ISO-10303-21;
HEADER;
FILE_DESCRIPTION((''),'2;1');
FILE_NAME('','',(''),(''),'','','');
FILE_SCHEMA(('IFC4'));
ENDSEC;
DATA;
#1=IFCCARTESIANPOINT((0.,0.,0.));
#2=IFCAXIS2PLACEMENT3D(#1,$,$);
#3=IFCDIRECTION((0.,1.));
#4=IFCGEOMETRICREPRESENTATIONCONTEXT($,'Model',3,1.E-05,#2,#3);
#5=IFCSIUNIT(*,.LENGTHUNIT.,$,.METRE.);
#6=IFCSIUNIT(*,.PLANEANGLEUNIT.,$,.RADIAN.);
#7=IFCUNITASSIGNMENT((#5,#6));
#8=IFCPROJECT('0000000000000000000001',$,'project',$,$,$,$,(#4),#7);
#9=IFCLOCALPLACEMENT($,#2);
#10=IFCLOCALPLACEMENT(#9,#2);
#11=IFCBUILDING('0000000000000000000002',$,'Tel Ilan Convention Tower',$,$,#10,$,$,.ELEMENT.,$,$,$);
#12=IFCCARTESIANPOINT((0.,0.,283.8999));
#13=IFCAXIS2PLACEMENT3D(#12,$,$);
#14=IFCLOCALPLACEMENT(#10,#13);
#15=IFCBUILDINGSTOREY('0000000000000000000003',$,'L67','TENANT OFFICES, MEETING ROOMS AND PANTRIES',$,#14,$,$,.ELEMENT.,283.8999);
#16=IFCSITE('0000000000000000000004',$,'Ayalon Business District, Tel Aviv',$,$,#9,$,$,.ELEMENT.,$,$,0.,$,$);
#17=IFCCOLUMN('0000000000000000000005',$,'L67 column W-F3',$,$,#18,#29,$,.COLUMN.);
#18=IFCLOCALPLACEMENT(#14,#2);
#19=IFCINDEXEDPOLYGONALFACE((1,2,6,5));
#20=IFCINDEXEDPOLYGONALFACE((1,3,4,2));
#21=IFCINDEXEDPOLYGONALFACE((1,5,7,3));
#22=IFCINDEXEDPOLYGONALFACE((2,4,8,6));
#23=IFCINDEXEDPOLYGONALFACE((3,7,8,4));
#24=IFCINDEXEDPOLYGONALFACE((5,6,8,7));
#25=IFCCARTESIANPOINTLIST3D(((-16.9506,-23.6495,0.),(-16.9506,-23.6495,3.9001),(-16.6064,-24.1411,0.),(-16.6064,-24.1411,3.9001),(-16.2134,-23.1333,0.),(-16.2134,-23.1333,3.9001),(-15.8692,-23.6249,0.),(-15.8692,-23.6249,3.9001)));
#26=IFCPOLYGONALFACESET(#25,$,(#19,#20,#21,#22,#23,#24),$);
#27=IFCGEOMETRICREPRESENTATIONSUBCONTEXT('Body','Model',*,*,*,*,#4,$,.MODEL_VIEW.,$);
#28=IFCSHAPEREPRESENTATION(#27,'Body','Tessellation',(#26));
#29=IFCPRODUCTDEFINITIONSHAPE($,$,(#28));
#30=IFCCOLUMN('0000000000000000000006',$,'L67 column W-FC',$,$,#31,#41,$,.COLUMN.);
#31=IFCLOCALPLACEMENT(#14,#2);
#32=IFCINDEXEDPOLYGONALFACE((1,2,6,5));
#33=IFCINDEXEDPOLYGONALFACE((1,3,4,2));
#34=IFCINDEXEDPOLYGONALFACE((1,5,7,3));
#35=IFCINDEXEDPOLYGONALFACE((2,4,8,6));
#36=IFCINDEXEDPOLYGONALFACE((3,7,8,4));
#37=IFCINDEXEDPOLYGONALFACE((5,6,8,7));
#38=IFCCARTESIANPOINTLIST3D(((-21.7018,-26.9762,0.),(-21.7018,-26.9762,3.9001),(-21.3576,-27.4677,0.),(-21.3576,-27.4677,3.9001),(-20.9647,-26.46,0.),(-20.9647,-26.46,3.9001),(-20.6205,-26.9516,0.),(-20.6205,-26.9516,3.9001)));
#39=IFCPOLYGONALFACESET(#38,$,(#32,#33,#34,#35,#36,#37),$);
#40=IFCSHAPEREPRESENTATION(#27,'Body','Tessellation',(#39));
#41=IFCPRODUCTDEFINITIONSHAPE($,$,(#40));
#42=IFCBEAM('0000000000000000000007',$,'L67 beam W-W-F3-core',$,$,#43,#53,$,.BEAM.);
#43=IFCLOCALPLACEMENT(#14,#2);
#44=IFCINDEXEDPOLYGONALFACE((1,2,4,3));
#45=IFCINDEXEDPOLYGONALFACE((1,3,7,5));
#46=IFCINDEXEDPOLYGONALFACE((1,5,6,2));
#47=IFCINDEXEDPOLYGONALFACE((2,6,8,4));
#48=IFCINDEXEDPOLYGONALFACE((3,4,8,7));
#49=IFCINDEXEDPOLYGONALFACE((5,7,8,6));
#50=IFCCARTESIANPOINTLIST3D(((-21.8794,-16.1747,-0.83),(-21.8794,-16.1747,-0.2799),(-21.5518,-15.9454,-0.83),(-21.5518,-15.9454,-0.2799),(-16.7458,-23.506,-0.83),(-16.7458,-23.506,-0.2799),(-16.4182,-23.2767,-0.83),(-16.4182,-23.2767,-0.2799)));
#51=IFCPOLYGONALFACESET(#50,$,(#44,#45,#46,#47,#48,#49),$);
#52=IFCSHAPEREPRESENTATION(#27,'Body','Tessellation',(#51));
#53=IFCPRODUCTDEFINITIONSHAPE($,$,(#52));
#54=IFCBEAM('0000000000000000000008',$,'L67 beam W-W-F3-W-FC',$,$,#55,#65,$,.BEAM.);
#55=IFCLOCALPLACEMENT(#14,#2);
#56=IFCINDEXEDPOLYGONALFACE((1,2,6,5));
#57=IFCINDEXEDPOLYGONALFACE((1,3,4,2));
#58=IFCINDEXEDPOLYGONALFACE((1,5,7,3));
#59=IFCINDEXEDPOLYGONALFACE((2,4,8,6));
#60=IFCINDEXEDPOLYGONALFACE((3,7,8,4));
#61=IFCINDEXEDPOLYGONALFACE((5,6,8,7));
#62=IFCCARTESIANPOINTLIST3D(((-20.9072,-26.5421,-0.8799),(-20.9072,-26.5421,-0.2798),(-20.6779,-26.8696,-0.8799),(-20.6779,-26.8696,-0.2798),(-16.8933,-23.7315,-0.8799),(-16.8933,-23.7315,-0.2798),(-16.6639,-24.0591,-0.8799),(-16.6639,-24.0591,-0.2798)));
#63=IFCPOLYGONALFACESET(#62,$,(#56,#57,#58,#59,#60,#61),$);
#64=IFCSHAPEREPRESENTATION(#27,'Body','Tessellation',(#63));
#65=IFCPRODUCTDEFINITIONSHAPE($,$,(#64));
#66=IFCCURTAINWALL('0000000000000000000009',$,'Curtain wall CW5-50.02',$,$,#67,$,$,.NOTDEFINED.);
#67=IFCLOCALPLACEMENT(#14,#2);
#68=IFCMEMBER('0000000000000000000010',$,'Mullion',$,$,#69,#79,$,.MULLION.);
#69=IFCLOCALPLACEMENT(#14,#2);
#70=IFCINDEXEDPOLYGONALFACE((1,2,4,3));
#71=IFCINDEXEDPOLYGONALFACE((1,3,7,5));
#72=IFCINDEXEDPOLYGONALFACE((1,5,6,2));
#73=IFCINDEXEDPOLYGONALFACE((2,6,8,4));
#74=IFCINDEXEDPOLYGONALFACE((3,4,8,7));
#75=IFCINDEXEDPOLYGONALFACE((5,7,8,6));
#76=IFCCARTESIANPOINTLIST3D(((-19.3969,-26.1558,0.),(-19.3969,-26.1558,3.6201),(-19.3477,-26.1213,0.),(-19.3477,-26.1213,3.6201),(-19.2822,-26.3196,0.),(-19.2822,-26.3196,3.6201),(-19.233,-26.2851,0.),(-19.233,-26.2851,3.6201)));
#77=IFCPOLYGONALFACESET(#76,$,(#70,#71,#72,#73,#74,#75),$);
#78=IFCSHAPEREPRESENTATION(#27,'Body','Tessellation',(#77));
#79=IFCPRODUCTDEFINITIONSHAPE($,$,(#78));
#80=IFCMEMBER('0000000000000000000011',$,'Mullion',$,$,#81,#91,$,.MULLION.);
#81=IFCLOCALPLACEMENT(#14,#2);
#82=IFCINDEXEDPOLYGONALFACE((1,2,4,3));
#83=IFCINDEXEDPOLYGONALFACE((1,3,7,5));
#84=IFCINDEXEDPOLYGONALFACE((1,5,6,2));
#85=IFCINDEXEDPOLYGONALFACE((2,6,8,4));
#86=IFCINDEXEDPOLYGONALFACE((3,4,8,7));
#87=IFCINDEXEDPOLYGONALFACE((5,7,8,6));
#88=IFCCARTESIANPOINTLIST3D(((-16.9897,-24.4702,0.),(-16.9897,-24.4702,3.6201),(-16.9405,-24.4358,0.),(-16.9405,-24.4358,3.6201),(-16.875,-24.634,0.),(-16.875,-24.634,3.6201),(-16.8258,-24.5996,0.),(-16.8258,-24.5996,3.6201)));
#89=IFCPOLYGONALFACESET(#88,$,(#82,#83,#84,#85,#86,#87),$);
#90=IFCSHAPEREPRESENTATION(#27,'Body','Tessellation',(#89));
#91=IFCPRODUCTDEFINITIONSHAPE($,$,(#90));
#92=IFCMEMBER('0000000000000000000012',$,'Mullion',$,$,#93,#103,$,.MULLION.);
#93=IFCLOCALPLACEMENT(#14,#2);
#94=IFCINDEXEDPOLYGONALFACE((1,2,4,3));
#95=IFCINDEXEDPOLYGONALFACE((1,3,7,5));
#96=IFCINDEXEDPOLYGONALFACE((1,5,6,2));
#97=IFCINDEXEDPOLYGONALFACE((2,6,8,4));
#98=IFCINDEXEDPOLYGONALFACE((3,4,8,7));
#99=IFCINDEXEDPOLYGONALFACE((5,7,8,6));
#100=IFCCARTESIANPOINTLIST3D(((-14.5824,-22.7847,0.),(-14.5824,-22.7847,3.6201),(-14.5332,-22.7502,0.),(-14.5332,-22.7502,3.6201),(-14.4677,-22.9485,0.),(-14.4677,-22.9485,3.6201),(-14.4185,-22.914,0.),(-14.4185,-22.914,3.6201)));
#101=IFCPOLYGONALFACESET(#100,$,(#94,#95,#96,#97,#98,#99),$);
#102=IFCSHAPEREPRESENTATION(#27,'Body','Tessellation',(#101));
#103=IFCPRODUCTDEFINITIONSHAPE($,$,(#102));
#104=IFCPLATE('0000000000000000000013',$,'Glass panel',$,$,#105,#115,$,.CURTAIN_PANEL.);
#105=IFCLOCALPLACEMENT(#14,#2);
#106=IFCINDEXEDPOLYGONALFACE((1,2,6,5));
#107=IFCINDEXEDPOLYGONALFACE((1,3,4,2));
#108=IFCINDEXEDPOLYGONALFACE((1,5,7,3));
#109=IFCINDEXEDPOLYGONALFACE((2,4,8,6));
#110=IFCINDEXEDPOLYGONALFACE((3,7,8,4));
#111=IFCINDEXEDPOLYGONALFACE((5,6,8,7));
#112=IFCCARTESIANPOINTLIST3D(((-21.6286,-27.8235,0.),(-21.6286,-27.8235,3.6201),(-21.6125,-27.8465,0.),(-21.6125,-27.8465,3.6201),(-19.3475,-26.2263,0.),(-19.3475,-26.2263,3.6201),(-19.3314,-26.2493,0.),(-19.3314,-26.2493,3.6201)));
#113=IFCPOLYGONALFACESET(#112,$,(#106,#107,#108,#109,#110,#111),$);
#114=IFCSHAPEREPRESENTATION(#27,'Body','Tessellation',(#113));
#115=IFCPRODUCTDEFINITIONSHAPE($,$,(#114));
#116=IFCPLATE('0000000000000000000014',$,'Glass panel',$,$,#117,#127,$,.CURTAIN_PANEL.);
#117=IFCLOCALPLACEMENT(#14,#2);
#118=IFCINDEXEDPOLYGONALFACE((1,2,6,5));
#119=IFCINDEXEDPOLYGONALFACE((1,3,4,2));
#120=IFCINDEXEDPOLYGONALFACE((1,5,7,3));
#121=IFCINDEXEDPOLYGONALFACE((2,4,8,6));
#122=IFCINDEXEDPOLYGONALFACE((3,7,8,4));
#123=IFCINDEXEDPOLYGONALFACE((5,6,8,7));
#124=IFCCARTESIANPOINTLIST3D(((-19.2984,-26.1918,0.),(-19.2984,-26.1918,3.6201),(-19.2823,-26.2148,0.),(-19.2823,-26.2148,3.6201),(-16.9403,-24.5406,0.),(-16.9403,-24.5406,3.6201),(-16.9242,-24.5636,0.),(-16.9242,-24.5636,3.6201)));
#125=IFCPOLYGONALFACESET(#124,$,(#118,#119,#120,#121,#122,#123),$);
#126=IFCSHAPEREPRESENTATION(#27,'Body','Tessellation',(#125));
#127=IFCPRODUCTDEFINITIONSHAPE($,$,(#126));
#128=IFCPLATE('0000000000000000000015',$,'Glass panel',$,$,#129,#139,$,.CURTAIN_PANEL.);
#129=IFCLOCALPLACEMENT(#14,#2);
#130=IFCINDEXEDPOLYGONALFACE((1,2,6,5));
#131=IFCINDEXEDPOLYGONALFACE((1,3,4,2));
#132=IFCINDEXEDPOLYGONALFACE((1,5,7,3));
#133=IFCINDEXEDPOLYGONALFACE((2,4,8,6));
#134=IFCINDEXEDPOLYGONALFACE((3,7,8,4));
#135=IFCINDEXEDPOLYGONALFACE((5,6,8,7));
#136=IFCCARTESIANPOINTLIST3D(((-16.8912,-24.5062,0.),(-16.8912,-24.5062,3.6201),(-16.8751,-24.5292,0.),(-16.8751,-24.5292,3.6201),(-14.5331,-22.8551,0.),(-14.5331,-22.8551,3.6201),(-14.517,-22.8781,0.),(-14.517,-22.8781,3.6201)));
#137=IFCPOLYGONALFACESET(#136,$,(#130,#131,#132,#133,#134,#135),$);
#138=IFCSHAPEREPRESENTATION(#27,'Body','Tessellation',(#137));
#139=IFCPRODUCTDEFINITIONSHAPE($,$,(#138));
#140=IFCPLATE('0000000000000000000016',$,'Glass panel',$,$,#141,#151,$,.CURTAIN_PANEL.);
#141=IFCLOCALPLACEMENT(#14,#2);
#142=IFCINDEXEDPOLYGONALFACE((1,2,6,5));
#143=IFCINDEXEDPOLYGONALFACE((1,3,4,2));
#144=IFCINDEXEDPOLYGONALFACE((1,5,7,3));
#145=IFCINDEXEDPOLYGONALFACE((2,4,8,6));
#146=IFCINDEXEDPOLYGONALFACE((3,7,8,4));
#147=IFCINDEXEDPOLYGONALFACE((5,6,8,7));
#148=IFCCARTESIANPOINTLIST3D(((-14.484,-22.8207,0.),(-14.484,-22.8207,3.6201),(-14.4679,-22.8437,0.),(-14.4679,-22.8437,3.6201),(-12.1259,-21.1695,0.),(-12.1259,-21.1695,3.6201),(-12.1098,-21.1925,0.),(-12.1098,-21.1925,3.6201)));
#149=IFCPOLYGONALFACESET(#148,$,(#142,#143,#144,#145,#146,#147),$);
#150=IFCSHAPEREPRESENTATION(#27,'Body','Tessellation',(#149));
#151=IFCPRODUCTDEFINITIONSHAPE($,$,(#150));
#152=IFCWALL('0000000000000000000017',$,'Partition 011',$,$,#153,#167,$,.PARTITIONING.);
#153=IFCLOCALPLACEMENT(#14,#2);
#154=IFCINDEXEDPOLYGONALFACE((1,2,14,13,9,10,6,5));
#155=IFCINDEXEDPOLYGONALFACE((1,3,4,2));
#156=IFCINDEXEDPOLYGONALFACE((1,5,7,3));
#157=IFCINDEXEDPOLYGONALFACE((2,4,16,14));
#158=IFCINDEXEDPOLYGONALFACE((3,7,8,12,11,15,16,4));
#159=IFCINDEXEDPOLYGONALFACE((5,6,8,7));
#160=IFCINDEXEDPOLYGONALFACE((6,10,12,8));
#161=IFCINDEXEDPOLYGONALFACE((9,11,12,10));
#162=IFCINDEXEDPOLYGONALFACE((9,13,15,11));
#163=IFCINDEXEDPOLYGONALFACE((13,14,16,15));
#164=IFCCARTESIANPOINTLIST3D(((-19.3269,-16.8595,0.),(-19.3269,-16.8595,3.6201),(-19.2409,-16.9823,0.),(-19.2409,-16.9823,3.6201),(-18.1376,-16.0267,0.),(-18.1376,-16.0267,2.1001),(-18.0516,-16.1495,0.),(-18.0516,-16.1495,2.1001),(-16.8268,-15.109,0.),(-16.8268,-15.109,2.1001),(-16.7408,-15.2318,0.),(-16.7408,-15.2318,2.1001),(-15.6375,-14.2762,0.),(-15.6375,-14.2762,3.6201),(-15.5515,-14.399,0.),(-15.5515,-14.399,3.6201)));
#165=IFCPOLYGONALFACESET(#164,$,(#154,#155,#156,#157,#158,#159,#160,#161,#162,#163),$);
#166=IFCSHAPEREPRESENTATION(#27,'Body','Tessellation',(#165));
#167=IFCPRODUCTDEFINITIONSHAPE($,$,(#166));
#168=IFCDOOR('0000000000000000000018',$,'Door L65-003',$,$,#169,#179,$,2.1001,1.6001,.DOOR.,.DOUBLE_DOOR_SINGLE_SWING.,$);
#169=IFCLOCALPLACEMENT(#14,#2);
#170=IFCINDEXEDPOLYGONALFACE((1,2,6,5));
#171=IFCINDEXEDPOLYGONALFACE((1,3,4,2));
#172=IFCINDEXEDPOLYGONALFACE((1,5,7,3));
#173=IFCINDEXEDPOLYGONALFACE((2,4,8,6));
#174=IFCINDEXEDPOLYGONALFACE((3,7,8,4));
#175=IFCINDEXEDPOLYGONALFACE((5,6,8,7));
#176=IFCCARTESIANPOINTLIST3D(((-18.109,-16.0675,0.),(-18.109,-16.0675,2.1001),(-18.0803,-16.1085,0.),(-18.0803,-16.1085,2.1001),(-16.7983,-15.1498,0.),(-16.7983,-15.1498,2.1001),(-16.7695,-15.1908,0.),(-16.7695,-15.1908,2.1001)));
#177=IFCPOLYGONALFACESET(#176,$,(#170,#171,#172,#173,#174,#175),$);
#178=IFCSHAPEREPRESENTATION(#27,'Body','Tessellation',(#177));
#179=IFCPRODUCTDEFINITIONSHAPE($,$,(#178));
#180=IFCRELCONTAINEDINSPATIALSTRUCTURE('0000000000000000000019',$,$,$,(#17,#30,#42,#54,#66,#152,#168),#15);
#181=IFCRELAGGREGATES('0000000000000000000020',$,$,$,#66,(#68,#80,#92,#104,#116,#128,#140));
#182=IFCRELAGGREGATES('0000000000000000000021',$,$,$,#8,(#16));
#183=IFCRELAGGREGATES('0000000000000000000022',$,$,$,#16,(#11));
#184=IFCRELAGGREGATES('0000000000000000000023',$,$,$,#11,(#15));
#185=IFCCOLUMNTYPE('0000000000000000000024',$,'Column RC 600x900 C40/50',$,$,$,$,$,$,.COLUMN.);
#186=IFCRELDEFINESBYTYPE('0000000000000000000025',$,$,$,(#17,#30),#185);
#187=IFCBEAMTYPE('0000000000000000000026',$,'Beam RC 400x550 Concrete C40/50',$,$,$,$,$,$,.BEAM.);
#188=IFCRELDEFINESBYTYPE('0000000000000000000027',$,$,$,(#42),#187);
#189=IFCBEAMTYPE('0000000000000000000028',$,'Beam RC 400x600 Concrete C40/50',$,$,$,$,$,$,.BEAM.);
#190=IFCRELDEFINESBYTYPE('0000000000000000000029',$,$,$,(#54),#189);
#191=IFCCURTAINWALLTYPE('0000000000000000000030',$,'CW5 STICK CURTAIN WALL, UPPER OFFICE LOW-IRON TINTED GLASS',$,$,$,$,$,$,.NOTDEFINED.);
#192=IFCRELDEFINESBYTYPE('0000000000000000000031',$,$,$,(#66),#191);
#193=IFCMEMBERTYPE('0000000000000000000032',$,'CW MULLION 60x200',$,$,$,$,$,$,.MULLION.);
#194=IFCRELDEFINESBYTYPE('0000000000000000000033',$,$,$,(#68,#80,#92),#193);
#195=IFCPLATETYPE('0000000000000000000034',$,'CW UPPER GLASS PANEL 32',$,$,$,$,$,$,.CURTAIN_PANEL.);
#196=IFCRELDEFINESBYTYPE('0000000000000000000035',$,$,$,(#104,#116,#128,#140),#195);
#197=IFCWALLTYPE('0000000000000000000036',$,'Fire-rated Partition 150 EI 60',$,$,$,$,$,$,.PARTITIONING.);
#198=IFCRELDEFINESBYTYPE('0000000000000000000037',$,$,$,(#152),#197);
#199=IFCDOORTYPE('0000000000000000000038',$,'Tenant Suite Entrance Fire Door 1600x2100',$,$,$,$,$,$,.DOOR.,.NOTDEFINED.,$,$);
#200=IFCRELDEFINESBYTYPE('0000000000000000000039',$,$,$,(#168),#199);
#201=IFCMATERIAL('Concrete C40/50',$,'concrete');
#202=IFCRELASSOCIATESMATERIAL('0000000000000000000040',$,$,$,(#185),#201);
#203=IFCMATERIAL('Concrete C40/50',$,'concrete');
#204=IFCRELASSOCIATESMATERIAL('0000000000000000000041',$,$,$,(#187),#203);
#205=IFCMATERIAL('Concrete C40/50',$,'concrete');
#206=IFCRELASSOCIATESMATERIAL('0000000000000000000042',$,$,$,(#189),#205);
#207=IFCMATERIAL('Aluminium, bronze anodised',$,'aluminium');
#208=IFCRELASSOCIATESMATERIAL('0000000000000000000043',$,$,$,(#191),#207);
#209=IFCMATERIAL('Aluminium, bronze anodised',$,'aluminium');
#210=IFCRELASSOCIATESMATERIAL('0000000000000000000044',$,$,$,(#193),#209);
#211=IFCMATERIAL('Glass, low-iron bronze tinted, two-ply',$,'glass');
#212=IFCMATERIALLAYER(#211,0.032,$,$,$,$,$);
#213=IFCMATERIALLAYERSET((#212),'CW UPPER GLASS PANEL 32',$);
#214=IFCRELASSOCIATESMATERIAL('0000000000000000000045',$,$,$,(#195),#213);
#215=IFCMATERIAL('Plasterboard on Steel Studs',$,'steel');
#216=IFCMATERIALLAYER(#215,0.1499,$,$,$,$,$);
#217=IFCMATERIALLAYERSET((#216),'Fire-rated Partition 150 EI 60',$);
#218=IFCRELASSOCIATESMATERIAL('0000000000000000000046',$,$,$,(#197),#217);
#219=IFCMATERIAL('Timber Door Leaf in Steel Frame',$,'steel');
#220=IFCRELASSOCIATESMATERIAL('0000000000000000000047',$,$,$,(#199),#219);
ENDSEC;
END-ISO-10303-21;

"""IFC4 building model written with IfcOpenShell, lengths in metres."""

from ifc_helpers import new_model, si_unit, direction, frame, frame_2d, origin, origin_2d, place, context, subcontext, project, spatial, rectangle, extrude, material, layer, layer_set, material_profile, profile_set, type_object, element, fill, aggregate, save


model = new_model("IFC4")

# Units and contexts
model_context = context("Model", 3, precision=1e-05, world=origin(), true_north=direction((0.0, 1.0)))
body_context = subcontext(model_context, "Body", "Model", "MODEL_VIEW")
ifc_project = project(units=[si_unit("LENGTHUNIT", "METRE"), si_unit("PLANEANGLEUNIT", "RADIAN")], contexts=[model_context])

# Site, building, storey
site_placement = place(None, origin())
site = spatial("IfcSite", under=ifc_project, at=site_placement, Name="Ayalon Business District, Tel Aviv", CompositionType="ELEMENT", RefElevation=0.0)
building_placement = place(site_placement, origin())
building = spatial("IfcBuilding", under=site, at=building_placement, Name="Tel Ilan Convention Tower", CompositionType="ELEMENT")
storey_placement = place(building_placement, frame((0.0, 0.0, 283.8999)))
storey = spatial("IfcBuildingStorey", under=building, at=storey_placement, Name="L67", Description="TENANT OFFICES, MEETING ROOMS AND PANTRIES", CompositionType="ELEMENT", Elevation=283.8999)

# Columns
ifc_material_1 = material(Name="Concrete C40/50", Category="concrete")
ifc_material_profile_1 = material_profile(ifc_material_1, rectangle(XDim=0.8999, YDim=0.6001, at=origin_2d()), Name="RC 600x900")
ifc_profile_set_1 = profile_set([ifc_material_profile_1], Name="Concrete C40/50")
column_type = type_object("IfcColumnType", Name="Column RC 600x900 C40/50", PredefinedType="COLUMN", material=ifc_profile_set_1)
for number, where, z_axis, x_axis, name in (
    (1, (-16.4099, -23.6372, 0.0), (0.0, 0.0, 1.0), (-0.819152, -0.573576, 0.0), "L67 column W-F3"),
    (2, (-21.1611, -26.9639, 0.0), (0.0, 0.0, 1.0), (-0.819152, -0.573576, 0.0), "L67 column W-FC"),
):
    element("IfcColumn", number, at=place(storey_placement, frame(where, z_axis=z_axis, x_axis=x_axis)), inside=storey, type_object=column_type, Name=name, PredefinedType="COLUMN", context=body_context, shape_type="SweptSolid", body=[
        extrude(rectangle(XDim=0.8999, YDim=0.6001, at=origin_2d()), origin(), (0.0, 0.0, 1.0), 3.9001),
    ])

# Beams
ifc_material_2 = material(Name="Concrete C40/50", Category="concrete")
ifc_material_profile_2 = material_profile(ifc_material_2, rectangle(XDim=0.3999, YDim=0.55, at=origin_2d()), Name="RC 400x550")
ifc_profile_set_2 = profile_set([ifc_material_profile_2], Name="Concrete C40/50")
beam_type_1 = type_object("IfcBeamType", Name="Beam RC 400x550 Concrete C40/50", PredefinedType="BEAM", material=ifc_profile_set_2)
beam_1_placement = place(storey_placement, frame((-16.582, -23.3914, -0.5549), z_axis=(-0.573585, 0.819146, 0.0), x_axis=(-0.819146, -0.573585, 0.0)))
element("IfcBeam", 3, at=beam_1_placement, inside=storey, type_object=beam_type_1, Name="L67 beam W-W-F3-core", PredefinedType="BEAM", context=body_context, shape_type="SweptSolid", body=[
    extrude(rectangle(XDim=0.3999, YDim=0.55, at=origin_2d()), origin(), (0.0, 0.0, 1.0), 8.95),
])
ifc_material_3 = material(Name="Concrete C40/50", Category="concrete")
ifc_material_profile_3 = material_profile(ifc_material_3, rectangle(XDim=0.3999, YDim=0.6001, at=origin_2d()), Name="RC 400x600")
ifc_profile_set_3 = profile_set([ifc_material_profile_3], Name="Concrete C40/50")
beam_type_2 = type_object("IfcBeamType", Name="Beam RC 400x600 Concrete C40/50", PredefinedType="BEAM", material=ifc_profile_set_3)
beam_2_placement = place(storey_placement, frame((-16.7786, -23.8953, -0.5798), z_axis=(-0.819155, -0.573573, 0.0), x_axis=(0.573573, -0.819155, 0.0)))
element("IfcBeam", 4, at=beam_2_placement, inside=storey, type_object=beam_type_2, Name="L67 beam W-W-F3-W-FC", PredefinedType="BEAM", context=body_context, shape_type="SweptSolid", body=[
    extrude(rectangle(XDim=0.3999, YDim=0.6001, at=origin_2d()), origin(), (0.0, 0.0, 1.0), 4.9001),
])

# Curtain wall, members, plates
ifc_material_4 = material(Name="Aluminium, bronze anodised", Category="aluminium")
curtain_wall_type = type_object("IfcCurtainWallType", Name="CW5 STICK CURTAIN WALL, UPPER OFFICE LOW-IRON TINTED GLASS", PredefinedType="NOTDEFINED", material=ifc_material_4)
curtain_wall_placement = place(storey_placement, origin())
curtain_wall = element("IfcCurtainWall", 5, at=curtain_wall_placement, inside=storey, type_object=curtain_wall_type, Name="Curtain wall CW5-50.02", PredefinedType="NOTDEFINED")
ifc_material_5 = material(Name="Aluminium, bronze anodised", Category="aluminium")
ifc_material_profile_4 = material_profile(ifc_material_5, rectangle(XDim=0.0601, YDim=0.2, at=origin_2d()), Name="CW MULLION 60x200")
ifc_profile_set_4 = profile_set([ifc_material_profile_4], Name="Aluminium, bronze anodised")
member_type = type_object("IfcMemberType", Name="CW MULLION 60x200", PredefinedType="MULLION", material=ifc_profile_set_4)
member_1_placement = place(storey_placement, frame((-19.3149, -26.2205, 0.0), z_axis=(0.0, 0.0, 1.0), x_axis=(0.819152, 0.573576, 0.0)))
member_1 = element("IfcMember", 6, at=member_1_placement, type_object=member_type, Name="Mullion", PredefinedType="MULLION", context=body_context, shape_type="SweptSolid", body=[
    extrude(rectangle(XDim=0.0601, YDim=0.2, at=origin_2d()), origin(), (0.0, 0.0, 1.0), 3.6201),
])
member_2_placement = place(storey_placement, frame((-16.9077, -24.5349, 0.0), z_axis=(0.0, 0.0, 1.0), x_axis=(0.819152, 0.573576, 0.0)))
member_2 = element("IfcMember", 7, at=member_2_placement, type_object=member_type, Name="Mullion", PredefinedType="MULLION", context=body_context, shape_type="SweptSolid", body=[
    extrude(rectangle(XDim=0.0601, YDim=0.2, at=origin_2d()), origin(), (0.0, 0.0, 1.0), 3.6201),
])
member_3_placement = place(storey_placement, frame((-14.5005, -22.8494, 0.0), z_axis=(0.0, 0.0, 1.0), x_axis=(0.819152, 0.573576, 0.0)))
member_3 = element("IfcMember", 8, at=member_3_placement, type_object=member_type, Name="Mullion", PredefinedType="MULLION", context=body_context, shape_type="SweptSolid", body=[
    extrude(rectangle(XDim=0.0601, YDim=0.2, at=origin_2d()), origin(), (0.0, 0.0, 1.0), 3.6201),
])
ifc_material_6 = material(Name="Glass, low-iron bronze tinted, two-ply", Category="glass")
ifc_layer_1 = layer(ifc_material_6, 0.032)
ifc_layer_set_1 = layer_set([ifc_layer_1], Name="CW UPPER GLASS PANEL 32")
plate_type = type_object("IfcPlateType", Name="CW UPPER GLASS PANEL 32", PredefinedType="CURTAIN_PANEL", material=ifc_layer_set_1)
plate_1_placement = place(storey_placement, frame((-20.48, -27.0364, 0.0), z_axis=(0.0, 0.0, 1.0), x_axis=(0.819152, 0.573576, 0.0)))
plate_1 = element("IfcPlate", 9, at=plate_1_placement, type_object=plate_type, Name="Glass panel", PredefinedType="CURTAIN_PANEL", context=body_context, shape_type="SweptSolid", body=[
    extrude(rectangle(XDim=2.7847, YDim=0.0281, at=origin_2d()), origin(), (0.0, 0.0, 1.0), 3.6201),
])
plate_2_placement = place(storey_placement, frame((-18.1113, -25.3777, 0.0), z_axis=(0.0, 0.0, 1.0), x_axis=(0.819152, 0.573576, 0.0)))
plate_2 = element("IfcPlate", 10, at=plate_2_placement, type_object=plate_type, Name="Glass panel", PredefinedType="CURTAIN_PANEL", context=body_context, shape_type="SweptSolid", body=[
    extrude(rectangle(XDim=2.8787, YDim=0.0281, at=origin_2d()), origin(), (0.0, 0.0, 1.0), 3.6201),
])
plate_3_placement = place(storey_placement, frame((-15.7041, -23.6921, 0.0), z_axis=(0.0, 0.0, 1.0), x_axis=(0.819152, 0.573576, 0.0)))
plate_3 = element("IfcPlate", 11, at=plate_3_placement, type_object=plate_type, Name="Glass panel", PredefinedType="CURTAIN_PANEL", context=body_context, shape_type="SweptSolid", body=[
    extrude(rectangle(XDim=2.8787, YDim=0.0281, at=origin_2d()), origin(), (0.0, 0.0, 1.0), 3.6201),
])
plate_4_placement = place(storey_placement, frame((-13.2969, -22.0066, 0.0), z_axis=(0.0, 0.0, 1.0), x_axis=(0.819152, 0.573576, 0.0)))
plate_4 = element("IfcPlate", 12, at=plate_4_placement, type_object=plate_type, Name="Glass panel", PredefinedType="CURTAIN_PANEL", context=body_context, shape_type="SweptSolid", body=[
    extrude(rectangle(XDim=2.8787, YDim=0.0281, at=origin_2d()), origin(), (0.0, 0.0, 1.0), 3.6201),
])
aggregate(curtain_wall, [member_1, member_2, member_3, plate_1, plate_2, plate_3, plate_4])

# Wall, opening, door
ifc_material_7 = material(Name="Plasterboard on Steel Studs", Category="steel")
ifc_layer_2 = layer(ifc_material_7, 0.1499)
ifc_layer_set_2 = layer_set([ifc_layer_2], Name="Fire-rated Partition 150 EI 60")
wall_type_1 = type_object("IfcWallType", Name="Fire-rated Partition 150 EI 60", PredefinedType="PARTITIONING", material=ifc_layer_set_2)
wall_1_placement = place(storey_placement, frame((-15.5945, -14.3376, 0.0), z_axis=(0.0, 0.0, 1.0), x_axis=(-0.819166, -0.573557, 0.0)))
wall_1 = element("IfcWall", 13, at=wall_1_placement, inside=storey, type_object=wall_type_1, Name="Partition 011", PredefinedType="PARTITIONING", context=body_context, shape_type="SweptSolid", body=[
    extrude(rectangle(XDim=4.5039, YDim=0.1499, at=frame_2d((2.252, 0.0))), origin(), (0.0, 0.0, 1.0), 3.6201),
])
opening_1_placement = place(wall_1_placement, frame((1.4519, 0.0, 0.0)))
opening_1 = element("IfcOpeningElement", 14, at=opening_1_placement, cuts=wall_1, PredefinedType="OPENING", context=body_context, shape_type="SweptSolid", body=[
    extrude(rectangle(XDim=1.6001, YDim=2.1001, at=frame_2d((0.8, 1.05))), frame((0.0, 0.085, 0.0), z_axis=(0.0, -1.0, 0.0), x_axis=(1.0, 0.0, 0.0)), (0.0, 0.0, 1.0), 0.1699),
])
ifc_material_8 = material(Name="Timber Door Leaf in Steel Frame", Category="steel")
door_type_1 = type_object("IfcDoorType", Name="Tenant Suite Entrance Fire Door 1600x2100", OperationType="NOTDEFINED", PredefinedType="DOOR", material=ifc_material_8)
door_1_placement = place(opening_1_placement, origin())
door_1 = element("IfcDoor", 15, at=door_1_placement, inside=storey, type_object=door_type_1, Name="Door L65-003", OperationType="DOUBLE_DOOR_SINGLE_SWING", OverallHeight=2.1001, OverallWidth=1.6001, PredefinedType="DOOR", context=body_context, shape_type="SweptSolid", body=[
    extrude(rectangle(XDim=1.6001, YDim=2.1001, at=frame_2d((0.8, 1.05))), frame((0.0, 0.0249, 0.0), z_axis=(0.0, -1.0, 0.0), x_axis=(1.0, 0.0, 0.0)), (0.0, 0.0, 1.0), 0.05),
])
fill(opening_1, door_1)

save(model, "model.ifc")
